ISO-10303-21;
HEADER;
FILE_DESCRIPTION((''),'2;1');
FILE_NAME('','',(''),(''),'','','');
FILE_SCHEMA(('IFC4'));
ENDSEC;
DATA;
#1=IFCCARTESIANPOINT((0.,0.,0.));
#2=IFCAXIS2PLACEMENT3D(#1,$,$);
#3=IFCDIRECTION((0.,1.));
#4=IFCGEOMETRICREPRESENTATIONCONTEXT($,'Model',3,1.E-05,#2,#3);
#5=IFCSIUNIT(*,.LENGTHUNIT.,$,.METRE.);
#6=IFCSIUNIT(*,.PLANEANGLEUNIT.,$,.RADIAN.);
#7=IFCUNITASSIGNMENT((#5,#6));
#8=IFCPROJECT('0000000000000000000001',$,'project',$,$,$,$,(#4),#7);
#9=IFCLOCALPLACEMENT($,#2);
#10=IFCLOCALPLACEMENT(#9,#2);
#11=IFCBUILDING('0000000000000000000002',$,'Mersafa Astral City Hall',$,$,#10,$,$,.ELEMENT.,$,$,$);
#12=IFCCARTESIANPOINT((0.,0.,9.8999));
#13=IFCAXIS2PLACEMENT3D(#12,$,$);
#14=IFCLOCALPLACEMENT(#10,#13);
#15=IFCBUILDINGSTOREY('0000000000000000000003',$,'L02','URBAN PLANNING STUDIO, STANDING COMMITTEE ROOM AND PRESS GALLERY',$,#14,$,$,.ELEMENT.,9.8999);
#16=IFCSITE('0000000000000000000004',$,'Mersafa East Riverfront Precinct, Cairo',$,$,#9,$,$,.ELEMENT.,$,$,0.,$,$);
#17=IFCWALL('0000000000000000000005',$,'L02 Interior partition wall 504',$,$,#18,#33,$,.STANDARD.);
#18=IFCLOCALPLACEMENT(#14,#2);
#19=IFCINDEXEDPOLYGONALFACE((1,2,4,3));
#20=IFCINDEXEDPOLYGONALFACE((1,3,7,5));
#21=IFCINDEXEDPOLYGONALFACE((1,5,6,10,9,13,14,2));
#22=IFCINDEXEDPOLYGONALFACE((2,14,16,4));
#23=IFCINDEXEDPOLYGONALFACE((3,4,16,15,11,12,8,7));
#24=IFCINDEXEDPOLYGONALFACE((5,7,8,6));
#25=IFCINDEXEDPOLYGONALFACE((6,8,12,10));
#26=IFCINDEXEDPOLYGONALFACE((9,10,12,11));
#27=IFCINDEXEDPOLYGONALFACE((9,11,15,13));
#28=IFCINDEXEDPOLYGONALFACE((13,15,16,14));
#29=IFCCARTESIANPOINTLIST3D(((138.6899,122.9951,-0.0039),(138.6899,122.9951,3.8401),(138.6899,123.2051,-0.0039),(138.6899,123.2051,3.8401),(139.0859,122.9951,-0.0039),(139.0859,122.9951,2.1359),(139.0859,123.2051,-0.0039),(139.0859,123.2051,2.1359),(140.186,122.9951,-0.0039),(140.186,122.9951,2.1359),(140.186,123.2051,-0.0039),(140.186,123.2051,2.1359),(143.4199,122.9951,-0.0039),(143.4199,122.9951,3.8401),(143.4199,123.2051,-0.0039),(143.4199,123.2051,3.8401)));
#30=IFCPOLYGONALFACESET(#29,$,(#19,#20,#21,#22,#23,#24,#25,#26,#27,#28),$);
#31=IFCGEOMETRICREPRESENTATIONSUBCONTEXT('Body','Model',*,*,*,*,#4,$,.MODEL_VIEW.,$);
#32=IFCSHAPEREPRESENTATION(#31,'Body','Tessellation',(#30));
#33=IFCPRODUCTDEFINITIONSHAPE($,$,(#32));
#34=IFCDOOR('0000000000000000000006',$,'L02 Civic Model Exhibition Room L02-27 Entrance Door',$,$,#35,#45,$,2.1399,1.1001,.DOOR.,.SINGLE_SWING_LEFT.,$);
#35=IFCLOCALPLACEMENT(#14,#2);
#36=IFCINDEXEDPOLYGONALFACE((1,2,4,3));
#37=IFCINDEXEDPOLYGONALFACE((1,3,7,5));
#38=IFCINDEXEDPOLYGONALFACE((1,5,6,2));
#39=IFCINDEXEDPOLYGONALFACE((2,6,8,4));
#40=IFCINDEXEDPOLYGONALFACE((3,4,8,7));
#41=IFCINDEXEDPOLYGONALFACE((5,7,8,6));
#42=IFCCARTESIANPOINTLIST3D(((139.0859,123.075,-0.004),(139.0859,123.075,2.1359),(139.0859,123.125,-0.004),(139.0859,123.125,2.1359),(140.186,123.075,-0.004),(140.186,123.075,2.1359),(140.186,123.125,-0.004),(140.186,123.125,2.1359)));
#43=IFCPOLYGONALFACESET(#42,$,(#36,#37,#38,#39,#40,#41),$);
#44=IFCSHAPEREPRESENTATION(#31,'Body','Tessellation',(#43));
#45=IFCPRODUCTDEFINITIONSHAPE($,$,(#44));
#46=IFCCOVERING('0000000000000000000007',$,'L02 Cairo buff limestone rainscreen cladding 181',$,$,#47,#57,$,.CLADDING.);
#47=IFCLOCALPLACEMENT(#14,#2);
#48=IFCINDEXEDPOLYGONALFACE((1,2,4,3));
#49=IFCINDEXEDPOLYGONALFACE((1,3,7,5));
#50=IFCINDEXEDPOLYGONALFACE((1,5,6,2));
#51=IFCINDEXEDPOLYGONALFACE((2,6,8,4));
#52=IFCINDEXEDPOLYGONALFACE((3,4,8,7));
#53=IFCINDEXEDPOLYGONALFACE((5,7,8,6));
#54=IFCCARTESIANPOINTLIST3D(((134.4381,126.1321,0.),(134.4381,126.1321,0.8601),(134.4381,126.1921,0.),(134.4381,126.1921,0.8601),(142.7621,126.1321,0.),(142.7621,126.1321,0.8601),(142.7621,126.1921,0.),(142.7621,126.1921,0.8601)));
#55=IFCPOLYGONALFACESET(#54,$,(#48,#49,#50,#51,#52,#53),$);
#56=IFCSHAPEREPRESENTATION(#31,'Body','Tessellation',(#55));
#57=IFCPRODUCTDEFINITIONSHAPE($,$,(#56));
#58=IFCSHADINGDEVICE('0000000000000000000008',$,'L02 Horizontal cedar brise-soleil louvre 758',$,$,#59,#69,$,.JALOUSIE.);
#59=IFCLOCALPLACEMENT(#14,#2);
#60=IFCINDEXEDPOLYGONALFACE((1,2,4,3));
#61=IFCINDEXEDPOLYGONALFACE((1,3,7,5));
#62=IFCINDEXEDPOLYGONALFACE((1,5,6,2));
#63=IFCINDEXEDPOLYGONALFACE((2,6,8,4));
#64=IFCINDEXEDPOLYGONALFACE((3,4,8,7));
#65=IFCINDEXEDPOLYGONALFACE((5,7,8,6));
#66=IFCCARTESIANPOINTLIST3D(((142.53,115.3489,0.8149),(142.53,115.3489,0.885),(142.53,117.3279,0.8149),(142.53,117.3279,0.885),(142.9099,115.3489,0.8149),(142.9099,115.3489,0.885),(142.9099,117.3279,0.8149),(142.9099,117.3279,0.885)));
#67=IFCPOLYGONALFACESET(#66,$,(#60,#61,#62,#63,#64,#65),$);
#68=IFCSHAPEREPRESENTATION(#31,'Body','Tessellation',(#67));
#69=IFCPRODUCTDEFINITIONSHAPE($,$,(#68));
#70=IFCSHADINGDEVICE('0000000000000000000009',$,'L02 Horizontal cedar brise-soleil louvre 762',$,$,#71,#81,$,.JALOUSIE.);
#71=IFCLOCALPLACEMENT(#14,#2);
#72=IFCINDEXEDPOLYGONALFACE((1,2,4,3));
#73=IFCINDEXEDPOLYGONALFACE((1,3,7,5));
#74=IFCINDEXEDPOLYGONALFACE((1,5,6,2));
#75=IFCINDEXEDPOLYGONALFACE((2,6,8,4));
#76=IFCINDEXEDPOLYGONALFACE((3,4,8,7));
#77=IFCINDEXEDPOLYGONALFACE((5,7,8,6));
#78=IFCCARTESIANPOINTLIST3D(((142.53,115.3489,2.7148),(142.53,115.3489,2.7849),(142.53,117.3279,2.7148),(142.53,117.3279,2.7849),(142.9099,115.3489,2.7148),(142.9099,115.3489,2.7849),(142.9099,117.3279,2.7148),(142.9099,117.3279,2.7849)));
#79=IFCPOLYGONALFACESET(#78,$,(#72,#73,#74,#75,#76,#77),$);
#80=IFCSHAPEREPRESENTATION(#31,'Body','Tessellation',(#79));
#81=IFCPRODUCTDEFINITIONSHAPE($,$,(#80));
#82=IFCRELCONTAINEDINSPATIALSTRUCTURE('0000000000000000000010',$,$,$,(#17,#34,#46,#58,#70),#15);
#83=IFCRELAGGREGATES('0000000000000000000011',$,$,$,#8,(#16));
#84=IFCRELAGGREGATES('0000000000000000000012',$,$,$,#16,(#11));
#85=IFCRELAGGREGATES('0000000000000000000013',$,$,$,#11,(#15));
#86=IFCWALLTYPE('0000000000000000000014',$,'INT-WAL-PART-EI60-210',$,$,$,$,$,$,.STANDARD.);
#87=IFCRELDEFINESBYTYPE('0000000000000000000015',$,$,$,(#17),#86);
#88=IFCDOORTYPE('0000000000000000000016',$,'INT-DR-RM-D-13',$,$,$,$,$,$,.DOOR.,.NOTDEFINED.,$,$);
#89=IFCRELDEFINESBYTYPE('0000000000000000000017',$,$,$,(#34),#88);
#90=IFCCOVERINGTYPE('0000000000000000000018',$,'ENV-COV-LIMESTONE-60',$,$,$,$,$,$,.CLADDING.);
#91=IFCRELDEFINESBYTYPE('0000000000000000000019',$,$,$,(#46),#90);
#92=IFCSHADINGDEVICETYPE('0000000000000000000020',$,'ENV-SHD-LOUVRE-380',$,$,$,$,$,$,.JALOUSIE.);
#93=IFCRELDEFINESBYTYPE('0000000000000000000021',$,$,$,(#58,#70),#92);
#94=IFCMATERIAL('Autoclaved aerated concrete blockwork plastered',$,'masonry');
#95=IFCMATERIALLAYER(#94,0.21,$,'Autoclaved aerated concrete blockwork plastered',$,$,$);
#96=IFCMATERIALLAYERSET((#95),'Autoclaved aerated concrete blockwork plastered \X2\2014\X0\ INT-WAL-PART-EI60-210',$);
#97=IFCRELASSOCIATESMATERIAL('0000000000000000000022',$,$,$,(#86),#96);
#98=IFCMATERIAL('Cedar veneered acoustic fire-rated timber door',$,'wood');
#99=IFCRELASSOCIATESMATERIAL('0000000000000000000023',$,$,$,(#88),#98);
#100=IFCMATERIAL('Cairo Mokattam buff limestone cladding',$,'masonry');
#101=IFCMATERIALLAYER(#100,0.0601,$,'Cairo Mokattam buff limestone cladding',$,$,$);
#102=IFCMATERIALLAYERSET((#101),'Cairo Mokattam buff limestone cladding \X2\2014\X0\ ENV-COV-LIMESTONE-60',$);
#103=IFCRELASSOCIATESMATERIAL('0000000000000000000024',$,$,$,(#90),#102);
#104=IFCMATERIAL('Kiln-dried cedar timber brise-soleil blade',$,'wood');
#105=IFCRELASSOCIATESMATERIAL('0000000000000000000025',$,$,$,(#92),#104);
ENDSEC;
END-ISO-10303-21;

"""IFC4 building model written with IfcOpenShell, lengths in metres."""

from ifc_helpers import new_model, si_unit, direction, frame, frame_2d, origin, origin_2d, place, context, subcontext, project, spatial, rectangle, extrude, material, layer, layer_set, type_object, element, fill, save


model = new_model("IFC4")

# Units and contexts
model_context = context("Model", 3, precision=1e-05, world=origin(), true_north=direction((0.0, 1.0)))
body_context = subcontext(model_context, "Body", "Model", "MODEL_VIEW")
ifc_project = project(units=[si_unit("LENGTHUNIT", "METRE"), si_unit("PLANEANGLEUNIT", "RADIAN")], contexts=[model_context])

# Site, building, storey
site_placement = place(None, origin())
site = spatial("IfcSite", under=ifc_project, at=site_placement, Name="Mersafa East Riverfront Precinct, Cairo", CompositionType="ELEMENT", RefElevation=0.0)
building_placement = place(site_placement, origin())
building = spatial("IfcBuilding", under=site, at=building_placement, Name="Mersafa Astral City Hall", CompositionType="ELEMENT")
storey_placement = place(building_placement, frame((0.0, 0.0, 9.8999)))
storey = spatial("IfcBuildingStorey", under=building, at=storey_placement, Name="L02", Description="URBAN PLANNING STUDIO, STANDING COMMITTEE ROOM AND PRESS GALLERY", CompositionType="ELEMENT", Elevation=9.8999)

# Wall, opening, door
ifc_material_1 = material(Name="Autoclaved aerated concrete blockwork plastered", Category="masonry")
ifc_layer_1 = layer(ifc_material_1, 0.21, Name="Autoclaved aerated concrete blockwork plastered")
ifc_layer_set_1 = layer_set([ifc_layer_1], Name="Autoclaved aerated concrete blockwork plastered — INT-WAL-PART-EI60-210")
wall_type_1 = type_object("IfcWallType", Name="INT-WAL-PART-EI60-210", PredefinedType="STANDARD", material=ifc_layer_set_1)
wall_1_placement = place(storey_placement, frame((138.6899, 123.1001, -0.0039), z_axis=(0.0, 0.0, 1.0), x_axis=(1.0, 0.0, 0.0)))
wall_1 = element("IfcWall", 1, at=wall_1_placement, inside=storey, type_object=wall_type_1, Name="L02 Interior partition wall 504", PredefinedType="STANDARD", context=body_context, shape_type="SweptSolid", body=[
    extrude(rectangle(XDim=4.73, YDim=0.21, at=frame_2d((2.365, 0.0))), origin(), (0.0, 0.0, 1.0), 3.844),
])
opening_placement = place(wall_1_placement, frame((0.396, 0.0, 0.0)))
opening = element("IfcOpeningElement", 2, at=opening_placement, cuts=wall_1, PredefinedType="OPENING", context=body_context, shape_type="SweptSolid", body=[
    extrude(rectangle(XDim=1.1001, YDim=2.1399, at=frame_2d((0.55, 1.0698))), frame((0.0, 0.115, 0.0), z_axis=(0.0, -1.0, 0.0), x_axis=(1.0, 0.0, 0.0)), (0.0, 0.0, 1.0), 0.23),
])
ifc_material_2 = material(Name="Cedar veneered acoustic fire-rated timber door", Category="wood")
door_type = type_object("IfcDoorType", Name="INT-DR-RM-D-13", OperationType="NOTDEFINED", PredefinedType="DOOR", material=ifc_material_2)
door_placement = place(opening_placement, origin())
door = element("IfcDoor", 3, at=door_placement, inside=storey, type_object=door_type, Name="L02 Civic Model Exhibition Room L02-27 Entrance Door", OperationType="SINGLE_SWING_LEFT", OverallHeight=2.1399, OverallWidth=1.1001, PredefinedType="DOOR", context=body_context, shape_type="SweptSolid", body=[
    extrude(rectangle(XDim=1.1001, YDim=2.1399, at=frame_2d((0.55, 1.0698))), frame((0.0, 0.0249, 0.0), z_axis=(0.0, -1.0, 0.0), x_axis=(1.0, 0.0, 0.0)), (0.0, 0.0, 1.0), 0.05),
])
fill(opening, door)

# Covering
ifc_material_3 = material(Name="Cairo Mokattam buff limestone cladding", Category="masonry")
ifc_layer_2 = layer(ifc_material_3, 0.0601, Name="Cairo Mokattam buff limestone cladding")
ifc_layer_set_2 = layer_set([ifc_layer_2], Name="Cairo Mokattam buff limestone cladding — ENV-COV-LIMESTONE-60")
covering_type = type_object("IfcCoveringType", Name="ENV-COV-LIMESTONE-60", PredefinedType="CLADDING", material=ifc_layer_set_2)
covering_placement = place(storey_placement, frame((138.6001, 126.1621, 0.0), z_axis=(0.0, 0.0, 1.0), x_axis=(-1.0, 0.0, 0.0)))
element("IfcCovering", 4, at=covering_placement, inside=storey, type_object=covering_type, Name="L02 Cairo buff limestone rainscreen cladding 181", PredefinedType="CLADDING", context=body_context, shape_type="SweptSolid", body=[
    extrude(rectangle(XDim=8.324, YDim=0.0601, at=origin_2d()), origin(), (0.0, 0.0, 1.0), 0.8601),
])

# Shading devices
ifc_material_4 = material(Name="Kiln-dried cedar timber brise-soleil blade", Category="wood")
shading_device_type = type_object("IfcShadingDeviceType", Name="ENV-SHD-LOUVRE-380", PredefinedType="JALOUSIE", material=ifc_material_4)
for number, where, z_axis, x_axis, name in (
    (5, (142.72, 116.3384, 0.8149), (0.0, 0.0, 1.0), (0.0, -1.0, 0.0), "L02 Horizontal cedar brise-soleil louvre 758"),
    (6, (142.72, 116.3384, 2.7148), (0.0, 0.0, 1.0), (0.0, -1.0, 0.0), "L02 Horizontal cedar brise-soleil louvre 762"),
):
    element("IfcShadingDevice", number, at=place(storey_placement, frame(where, z_axis=z_axis, x_axis=x_axis)), inside=storey, type_object=shading_device_type, Name=name, PredefinedType="JALOUSIE", context=body_context, shape_type="SweptSolid", body=[
        extrude(rectangle(XDim=1.979, YDim=0.3799, at=origin_2d()), origin(), (0.0, 0.0, 1.0), 0.0701),
    ])

save(model, "model.ifc")
